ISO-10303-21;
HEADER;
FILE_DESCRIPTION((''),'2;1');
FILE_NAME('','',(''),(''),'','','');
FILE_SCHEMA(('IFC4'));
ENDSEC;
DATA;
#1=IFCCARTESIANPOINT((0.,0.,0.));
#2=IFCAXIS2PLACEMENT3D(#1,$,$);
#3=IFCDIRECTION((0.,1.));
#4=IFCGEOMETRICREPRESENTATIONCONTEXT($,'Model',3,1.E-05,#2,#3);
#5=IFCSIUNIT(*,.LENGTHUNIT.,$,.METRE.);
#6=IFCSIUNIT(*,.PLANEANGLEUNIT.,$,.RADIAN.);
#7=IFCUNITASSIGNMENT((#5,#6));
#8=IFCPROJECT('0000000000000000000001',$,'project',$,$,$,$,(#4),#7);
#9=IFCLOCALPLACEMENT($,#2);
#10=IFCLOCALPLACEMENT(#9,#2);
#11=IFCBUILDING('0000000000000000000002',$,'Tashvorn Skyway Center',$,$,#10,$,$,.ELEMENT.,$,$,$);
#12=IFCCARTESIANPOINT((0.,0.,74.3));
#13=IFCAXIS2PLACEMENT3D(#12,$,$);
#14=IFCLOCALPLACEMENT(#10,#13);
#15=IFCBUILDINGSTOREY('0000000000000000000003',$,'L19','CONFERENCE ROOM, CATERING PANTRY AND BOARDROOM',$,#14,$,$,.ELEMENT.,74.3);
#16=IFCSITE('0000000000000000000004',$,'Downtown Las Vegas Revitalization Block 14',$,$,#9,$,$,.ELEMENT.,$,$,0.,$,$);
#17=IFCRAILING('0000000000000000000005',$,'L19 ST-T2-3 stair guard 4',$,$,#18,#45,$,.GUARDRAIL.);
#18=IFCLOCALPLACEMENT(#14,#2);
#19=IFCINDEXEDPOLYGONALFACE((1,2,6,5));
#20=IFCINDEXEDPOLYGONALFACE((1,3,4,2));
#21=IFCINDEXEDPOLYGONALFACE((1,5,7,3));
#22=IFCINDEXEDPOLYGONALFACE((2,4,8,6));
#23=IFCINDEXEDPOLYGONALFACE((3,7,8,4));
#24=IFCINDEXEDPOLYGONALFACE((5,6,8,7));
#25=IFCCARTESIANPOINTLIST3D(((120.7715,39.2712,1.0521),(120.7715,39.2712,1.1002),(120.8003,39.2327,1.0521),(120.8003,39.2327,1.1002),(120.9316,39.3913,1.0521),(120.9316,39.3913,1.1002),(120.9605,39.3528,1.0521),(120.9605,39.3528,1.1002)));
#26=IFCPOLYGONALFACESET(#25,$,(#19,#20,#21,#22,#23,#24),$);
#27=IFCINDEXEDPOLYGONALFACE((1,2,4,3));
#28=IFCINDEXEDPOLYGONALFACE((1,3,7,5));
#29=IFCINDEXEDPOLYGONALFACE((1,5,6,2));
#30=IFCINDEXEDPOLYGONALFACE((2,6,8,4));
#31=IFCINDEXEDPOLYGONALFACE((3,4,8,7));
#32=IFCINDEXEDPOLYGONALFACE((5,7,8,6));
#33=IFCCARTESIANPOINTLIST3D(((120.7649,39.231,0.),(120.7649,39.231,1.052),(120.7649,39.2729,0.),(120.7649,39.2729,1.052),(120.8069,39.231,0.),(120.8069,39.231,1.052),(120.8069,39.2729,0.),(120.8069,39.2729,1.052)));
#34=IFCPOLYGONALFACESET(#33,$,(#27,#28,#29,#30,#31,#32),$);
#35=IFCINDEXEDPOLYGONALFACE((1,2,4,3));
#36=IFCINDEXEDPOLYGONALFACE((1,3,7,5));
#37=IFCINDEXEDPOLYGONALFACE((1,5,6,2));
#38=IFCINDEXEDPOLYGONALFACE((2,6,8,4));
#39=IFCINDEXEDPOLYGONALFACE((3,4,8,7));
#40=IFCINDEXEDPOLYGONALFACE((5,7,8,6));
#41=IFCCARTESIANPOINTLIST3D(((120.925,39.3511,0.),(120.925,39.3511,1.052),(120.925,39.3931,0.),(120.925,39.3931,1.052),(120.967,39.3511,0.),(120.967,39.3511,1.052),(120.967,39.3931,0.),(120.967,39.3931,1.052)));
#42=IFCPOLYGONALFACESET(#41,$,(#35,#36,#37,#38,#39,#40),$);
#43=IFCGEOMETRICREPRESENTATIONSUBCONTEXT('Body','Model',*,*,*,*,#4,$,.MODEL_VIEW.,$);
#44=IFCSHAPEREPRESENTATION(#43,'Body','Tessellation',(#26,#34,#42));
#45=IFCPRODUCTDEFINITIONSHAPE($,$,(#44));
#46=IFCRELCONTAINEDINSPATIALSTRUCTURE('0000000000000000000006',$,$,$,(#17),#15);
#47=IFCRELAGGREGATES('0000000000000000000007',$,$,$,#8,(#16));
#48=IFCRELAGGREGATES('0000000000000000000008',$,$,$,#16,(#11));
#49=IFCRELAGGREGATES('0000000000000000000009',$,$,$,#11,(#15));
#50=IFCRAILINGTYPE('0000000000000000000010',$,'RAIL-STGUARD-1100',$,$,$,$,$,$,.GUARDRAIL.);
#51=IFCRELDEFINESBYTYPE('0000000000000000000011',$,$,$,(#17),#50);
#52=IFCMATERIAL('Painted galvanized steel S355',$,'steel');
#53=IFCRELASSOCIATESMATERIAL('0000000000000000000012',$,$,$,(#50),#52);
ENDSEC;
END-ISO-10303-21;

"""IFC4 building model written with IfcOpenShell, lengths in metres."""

from ifc_helpers import new_model, si_unit, direction, frame, origin, origin_2d, place, context, subcontext, project, spatial, rectangle, extrude, material, type_object, element, save


model = new_model("IFC4")

# Units and contexts
model_context = context("Model", 3, precision=1e-05, world=origin(), true_north=direction((0.0, 1.0)))
body_context = subcontext(model_context, "Body", "Model", "MODEL_VIEW")
ifc_project = project(units=[si_unit("LENGTHUNIT", "METRE"), si_unit("PLANEANGLEUNIT", "RADIAN")], contexts=[model_context])

# Site, building, storey
site_placement = place(None, origin())
site = spatial("IfcSite", under=ifc_project, at=site_placement, Name="Downtown Las Vegas Revitalization Block 14", CompositionType="ELEMENT", RefElevation=0.0)
building_placement = place(site_placement, origin())
building = spatial("IfcBuilding", under=site, at=building_placement, Name="Tashvorn Skyway Center", CompositionType="ELEMENT")
storey_placement = place(building_placement, frame((0.0, 0.0, 74.3)))
storey = spatial("IfcBuildingStorey", under=building, at=storey_placement, Name="L19", Description="CONFERENCE ROOM, CATERING PANTRY AND BOARDROOM", CompositionType="ELEMENT", Elevation=74.3)

# Railing
ifc_material_1 = material(Name="Painted galvanized steel S355", Category="steel")
railing_type_1 = type_object("IfcRailingType", Name="RAIL-STGUARD-1100", PredefinedType="GUARDRAIL", material=ifc_material_1)
railing_1_placement = place(storey_placement, frame((120.7859, 39.252, 0.0)))
element("IfcRailing", 1, at=railing_1_placement, inside=storey, type_object=railing_type_1, Name="L19 ST-T2-3 stair guard 4", PredefinedType="GUARDRAIL", context=body_context, shape_type="SweptSolid", body=[
    extrude(rectangle(XDim=0.0481, YDim=0.0481, at=origin_2d()), frame((0.0, 0.0, 1.0762), z_axis=(0.8, 0.6, 0.0), x_axis=(-0.6, 0.8, 0.0)), (0.0, 0.0, 1.0), 0.2002),
    extrude(rectangle(XDim=0.042, YDim=0.042, at=origin_2d()), origin(), (0.0, 0.0, 1.0), 1.052),
    extrude(rectangle(XDim=0.042, YDim=0.042, at=origin_2d()), frame((0.1602, 0.1201, 0.0)), (0.0, 0.0, 1.0), 1.052),
])

save(model, "model.ifc")
